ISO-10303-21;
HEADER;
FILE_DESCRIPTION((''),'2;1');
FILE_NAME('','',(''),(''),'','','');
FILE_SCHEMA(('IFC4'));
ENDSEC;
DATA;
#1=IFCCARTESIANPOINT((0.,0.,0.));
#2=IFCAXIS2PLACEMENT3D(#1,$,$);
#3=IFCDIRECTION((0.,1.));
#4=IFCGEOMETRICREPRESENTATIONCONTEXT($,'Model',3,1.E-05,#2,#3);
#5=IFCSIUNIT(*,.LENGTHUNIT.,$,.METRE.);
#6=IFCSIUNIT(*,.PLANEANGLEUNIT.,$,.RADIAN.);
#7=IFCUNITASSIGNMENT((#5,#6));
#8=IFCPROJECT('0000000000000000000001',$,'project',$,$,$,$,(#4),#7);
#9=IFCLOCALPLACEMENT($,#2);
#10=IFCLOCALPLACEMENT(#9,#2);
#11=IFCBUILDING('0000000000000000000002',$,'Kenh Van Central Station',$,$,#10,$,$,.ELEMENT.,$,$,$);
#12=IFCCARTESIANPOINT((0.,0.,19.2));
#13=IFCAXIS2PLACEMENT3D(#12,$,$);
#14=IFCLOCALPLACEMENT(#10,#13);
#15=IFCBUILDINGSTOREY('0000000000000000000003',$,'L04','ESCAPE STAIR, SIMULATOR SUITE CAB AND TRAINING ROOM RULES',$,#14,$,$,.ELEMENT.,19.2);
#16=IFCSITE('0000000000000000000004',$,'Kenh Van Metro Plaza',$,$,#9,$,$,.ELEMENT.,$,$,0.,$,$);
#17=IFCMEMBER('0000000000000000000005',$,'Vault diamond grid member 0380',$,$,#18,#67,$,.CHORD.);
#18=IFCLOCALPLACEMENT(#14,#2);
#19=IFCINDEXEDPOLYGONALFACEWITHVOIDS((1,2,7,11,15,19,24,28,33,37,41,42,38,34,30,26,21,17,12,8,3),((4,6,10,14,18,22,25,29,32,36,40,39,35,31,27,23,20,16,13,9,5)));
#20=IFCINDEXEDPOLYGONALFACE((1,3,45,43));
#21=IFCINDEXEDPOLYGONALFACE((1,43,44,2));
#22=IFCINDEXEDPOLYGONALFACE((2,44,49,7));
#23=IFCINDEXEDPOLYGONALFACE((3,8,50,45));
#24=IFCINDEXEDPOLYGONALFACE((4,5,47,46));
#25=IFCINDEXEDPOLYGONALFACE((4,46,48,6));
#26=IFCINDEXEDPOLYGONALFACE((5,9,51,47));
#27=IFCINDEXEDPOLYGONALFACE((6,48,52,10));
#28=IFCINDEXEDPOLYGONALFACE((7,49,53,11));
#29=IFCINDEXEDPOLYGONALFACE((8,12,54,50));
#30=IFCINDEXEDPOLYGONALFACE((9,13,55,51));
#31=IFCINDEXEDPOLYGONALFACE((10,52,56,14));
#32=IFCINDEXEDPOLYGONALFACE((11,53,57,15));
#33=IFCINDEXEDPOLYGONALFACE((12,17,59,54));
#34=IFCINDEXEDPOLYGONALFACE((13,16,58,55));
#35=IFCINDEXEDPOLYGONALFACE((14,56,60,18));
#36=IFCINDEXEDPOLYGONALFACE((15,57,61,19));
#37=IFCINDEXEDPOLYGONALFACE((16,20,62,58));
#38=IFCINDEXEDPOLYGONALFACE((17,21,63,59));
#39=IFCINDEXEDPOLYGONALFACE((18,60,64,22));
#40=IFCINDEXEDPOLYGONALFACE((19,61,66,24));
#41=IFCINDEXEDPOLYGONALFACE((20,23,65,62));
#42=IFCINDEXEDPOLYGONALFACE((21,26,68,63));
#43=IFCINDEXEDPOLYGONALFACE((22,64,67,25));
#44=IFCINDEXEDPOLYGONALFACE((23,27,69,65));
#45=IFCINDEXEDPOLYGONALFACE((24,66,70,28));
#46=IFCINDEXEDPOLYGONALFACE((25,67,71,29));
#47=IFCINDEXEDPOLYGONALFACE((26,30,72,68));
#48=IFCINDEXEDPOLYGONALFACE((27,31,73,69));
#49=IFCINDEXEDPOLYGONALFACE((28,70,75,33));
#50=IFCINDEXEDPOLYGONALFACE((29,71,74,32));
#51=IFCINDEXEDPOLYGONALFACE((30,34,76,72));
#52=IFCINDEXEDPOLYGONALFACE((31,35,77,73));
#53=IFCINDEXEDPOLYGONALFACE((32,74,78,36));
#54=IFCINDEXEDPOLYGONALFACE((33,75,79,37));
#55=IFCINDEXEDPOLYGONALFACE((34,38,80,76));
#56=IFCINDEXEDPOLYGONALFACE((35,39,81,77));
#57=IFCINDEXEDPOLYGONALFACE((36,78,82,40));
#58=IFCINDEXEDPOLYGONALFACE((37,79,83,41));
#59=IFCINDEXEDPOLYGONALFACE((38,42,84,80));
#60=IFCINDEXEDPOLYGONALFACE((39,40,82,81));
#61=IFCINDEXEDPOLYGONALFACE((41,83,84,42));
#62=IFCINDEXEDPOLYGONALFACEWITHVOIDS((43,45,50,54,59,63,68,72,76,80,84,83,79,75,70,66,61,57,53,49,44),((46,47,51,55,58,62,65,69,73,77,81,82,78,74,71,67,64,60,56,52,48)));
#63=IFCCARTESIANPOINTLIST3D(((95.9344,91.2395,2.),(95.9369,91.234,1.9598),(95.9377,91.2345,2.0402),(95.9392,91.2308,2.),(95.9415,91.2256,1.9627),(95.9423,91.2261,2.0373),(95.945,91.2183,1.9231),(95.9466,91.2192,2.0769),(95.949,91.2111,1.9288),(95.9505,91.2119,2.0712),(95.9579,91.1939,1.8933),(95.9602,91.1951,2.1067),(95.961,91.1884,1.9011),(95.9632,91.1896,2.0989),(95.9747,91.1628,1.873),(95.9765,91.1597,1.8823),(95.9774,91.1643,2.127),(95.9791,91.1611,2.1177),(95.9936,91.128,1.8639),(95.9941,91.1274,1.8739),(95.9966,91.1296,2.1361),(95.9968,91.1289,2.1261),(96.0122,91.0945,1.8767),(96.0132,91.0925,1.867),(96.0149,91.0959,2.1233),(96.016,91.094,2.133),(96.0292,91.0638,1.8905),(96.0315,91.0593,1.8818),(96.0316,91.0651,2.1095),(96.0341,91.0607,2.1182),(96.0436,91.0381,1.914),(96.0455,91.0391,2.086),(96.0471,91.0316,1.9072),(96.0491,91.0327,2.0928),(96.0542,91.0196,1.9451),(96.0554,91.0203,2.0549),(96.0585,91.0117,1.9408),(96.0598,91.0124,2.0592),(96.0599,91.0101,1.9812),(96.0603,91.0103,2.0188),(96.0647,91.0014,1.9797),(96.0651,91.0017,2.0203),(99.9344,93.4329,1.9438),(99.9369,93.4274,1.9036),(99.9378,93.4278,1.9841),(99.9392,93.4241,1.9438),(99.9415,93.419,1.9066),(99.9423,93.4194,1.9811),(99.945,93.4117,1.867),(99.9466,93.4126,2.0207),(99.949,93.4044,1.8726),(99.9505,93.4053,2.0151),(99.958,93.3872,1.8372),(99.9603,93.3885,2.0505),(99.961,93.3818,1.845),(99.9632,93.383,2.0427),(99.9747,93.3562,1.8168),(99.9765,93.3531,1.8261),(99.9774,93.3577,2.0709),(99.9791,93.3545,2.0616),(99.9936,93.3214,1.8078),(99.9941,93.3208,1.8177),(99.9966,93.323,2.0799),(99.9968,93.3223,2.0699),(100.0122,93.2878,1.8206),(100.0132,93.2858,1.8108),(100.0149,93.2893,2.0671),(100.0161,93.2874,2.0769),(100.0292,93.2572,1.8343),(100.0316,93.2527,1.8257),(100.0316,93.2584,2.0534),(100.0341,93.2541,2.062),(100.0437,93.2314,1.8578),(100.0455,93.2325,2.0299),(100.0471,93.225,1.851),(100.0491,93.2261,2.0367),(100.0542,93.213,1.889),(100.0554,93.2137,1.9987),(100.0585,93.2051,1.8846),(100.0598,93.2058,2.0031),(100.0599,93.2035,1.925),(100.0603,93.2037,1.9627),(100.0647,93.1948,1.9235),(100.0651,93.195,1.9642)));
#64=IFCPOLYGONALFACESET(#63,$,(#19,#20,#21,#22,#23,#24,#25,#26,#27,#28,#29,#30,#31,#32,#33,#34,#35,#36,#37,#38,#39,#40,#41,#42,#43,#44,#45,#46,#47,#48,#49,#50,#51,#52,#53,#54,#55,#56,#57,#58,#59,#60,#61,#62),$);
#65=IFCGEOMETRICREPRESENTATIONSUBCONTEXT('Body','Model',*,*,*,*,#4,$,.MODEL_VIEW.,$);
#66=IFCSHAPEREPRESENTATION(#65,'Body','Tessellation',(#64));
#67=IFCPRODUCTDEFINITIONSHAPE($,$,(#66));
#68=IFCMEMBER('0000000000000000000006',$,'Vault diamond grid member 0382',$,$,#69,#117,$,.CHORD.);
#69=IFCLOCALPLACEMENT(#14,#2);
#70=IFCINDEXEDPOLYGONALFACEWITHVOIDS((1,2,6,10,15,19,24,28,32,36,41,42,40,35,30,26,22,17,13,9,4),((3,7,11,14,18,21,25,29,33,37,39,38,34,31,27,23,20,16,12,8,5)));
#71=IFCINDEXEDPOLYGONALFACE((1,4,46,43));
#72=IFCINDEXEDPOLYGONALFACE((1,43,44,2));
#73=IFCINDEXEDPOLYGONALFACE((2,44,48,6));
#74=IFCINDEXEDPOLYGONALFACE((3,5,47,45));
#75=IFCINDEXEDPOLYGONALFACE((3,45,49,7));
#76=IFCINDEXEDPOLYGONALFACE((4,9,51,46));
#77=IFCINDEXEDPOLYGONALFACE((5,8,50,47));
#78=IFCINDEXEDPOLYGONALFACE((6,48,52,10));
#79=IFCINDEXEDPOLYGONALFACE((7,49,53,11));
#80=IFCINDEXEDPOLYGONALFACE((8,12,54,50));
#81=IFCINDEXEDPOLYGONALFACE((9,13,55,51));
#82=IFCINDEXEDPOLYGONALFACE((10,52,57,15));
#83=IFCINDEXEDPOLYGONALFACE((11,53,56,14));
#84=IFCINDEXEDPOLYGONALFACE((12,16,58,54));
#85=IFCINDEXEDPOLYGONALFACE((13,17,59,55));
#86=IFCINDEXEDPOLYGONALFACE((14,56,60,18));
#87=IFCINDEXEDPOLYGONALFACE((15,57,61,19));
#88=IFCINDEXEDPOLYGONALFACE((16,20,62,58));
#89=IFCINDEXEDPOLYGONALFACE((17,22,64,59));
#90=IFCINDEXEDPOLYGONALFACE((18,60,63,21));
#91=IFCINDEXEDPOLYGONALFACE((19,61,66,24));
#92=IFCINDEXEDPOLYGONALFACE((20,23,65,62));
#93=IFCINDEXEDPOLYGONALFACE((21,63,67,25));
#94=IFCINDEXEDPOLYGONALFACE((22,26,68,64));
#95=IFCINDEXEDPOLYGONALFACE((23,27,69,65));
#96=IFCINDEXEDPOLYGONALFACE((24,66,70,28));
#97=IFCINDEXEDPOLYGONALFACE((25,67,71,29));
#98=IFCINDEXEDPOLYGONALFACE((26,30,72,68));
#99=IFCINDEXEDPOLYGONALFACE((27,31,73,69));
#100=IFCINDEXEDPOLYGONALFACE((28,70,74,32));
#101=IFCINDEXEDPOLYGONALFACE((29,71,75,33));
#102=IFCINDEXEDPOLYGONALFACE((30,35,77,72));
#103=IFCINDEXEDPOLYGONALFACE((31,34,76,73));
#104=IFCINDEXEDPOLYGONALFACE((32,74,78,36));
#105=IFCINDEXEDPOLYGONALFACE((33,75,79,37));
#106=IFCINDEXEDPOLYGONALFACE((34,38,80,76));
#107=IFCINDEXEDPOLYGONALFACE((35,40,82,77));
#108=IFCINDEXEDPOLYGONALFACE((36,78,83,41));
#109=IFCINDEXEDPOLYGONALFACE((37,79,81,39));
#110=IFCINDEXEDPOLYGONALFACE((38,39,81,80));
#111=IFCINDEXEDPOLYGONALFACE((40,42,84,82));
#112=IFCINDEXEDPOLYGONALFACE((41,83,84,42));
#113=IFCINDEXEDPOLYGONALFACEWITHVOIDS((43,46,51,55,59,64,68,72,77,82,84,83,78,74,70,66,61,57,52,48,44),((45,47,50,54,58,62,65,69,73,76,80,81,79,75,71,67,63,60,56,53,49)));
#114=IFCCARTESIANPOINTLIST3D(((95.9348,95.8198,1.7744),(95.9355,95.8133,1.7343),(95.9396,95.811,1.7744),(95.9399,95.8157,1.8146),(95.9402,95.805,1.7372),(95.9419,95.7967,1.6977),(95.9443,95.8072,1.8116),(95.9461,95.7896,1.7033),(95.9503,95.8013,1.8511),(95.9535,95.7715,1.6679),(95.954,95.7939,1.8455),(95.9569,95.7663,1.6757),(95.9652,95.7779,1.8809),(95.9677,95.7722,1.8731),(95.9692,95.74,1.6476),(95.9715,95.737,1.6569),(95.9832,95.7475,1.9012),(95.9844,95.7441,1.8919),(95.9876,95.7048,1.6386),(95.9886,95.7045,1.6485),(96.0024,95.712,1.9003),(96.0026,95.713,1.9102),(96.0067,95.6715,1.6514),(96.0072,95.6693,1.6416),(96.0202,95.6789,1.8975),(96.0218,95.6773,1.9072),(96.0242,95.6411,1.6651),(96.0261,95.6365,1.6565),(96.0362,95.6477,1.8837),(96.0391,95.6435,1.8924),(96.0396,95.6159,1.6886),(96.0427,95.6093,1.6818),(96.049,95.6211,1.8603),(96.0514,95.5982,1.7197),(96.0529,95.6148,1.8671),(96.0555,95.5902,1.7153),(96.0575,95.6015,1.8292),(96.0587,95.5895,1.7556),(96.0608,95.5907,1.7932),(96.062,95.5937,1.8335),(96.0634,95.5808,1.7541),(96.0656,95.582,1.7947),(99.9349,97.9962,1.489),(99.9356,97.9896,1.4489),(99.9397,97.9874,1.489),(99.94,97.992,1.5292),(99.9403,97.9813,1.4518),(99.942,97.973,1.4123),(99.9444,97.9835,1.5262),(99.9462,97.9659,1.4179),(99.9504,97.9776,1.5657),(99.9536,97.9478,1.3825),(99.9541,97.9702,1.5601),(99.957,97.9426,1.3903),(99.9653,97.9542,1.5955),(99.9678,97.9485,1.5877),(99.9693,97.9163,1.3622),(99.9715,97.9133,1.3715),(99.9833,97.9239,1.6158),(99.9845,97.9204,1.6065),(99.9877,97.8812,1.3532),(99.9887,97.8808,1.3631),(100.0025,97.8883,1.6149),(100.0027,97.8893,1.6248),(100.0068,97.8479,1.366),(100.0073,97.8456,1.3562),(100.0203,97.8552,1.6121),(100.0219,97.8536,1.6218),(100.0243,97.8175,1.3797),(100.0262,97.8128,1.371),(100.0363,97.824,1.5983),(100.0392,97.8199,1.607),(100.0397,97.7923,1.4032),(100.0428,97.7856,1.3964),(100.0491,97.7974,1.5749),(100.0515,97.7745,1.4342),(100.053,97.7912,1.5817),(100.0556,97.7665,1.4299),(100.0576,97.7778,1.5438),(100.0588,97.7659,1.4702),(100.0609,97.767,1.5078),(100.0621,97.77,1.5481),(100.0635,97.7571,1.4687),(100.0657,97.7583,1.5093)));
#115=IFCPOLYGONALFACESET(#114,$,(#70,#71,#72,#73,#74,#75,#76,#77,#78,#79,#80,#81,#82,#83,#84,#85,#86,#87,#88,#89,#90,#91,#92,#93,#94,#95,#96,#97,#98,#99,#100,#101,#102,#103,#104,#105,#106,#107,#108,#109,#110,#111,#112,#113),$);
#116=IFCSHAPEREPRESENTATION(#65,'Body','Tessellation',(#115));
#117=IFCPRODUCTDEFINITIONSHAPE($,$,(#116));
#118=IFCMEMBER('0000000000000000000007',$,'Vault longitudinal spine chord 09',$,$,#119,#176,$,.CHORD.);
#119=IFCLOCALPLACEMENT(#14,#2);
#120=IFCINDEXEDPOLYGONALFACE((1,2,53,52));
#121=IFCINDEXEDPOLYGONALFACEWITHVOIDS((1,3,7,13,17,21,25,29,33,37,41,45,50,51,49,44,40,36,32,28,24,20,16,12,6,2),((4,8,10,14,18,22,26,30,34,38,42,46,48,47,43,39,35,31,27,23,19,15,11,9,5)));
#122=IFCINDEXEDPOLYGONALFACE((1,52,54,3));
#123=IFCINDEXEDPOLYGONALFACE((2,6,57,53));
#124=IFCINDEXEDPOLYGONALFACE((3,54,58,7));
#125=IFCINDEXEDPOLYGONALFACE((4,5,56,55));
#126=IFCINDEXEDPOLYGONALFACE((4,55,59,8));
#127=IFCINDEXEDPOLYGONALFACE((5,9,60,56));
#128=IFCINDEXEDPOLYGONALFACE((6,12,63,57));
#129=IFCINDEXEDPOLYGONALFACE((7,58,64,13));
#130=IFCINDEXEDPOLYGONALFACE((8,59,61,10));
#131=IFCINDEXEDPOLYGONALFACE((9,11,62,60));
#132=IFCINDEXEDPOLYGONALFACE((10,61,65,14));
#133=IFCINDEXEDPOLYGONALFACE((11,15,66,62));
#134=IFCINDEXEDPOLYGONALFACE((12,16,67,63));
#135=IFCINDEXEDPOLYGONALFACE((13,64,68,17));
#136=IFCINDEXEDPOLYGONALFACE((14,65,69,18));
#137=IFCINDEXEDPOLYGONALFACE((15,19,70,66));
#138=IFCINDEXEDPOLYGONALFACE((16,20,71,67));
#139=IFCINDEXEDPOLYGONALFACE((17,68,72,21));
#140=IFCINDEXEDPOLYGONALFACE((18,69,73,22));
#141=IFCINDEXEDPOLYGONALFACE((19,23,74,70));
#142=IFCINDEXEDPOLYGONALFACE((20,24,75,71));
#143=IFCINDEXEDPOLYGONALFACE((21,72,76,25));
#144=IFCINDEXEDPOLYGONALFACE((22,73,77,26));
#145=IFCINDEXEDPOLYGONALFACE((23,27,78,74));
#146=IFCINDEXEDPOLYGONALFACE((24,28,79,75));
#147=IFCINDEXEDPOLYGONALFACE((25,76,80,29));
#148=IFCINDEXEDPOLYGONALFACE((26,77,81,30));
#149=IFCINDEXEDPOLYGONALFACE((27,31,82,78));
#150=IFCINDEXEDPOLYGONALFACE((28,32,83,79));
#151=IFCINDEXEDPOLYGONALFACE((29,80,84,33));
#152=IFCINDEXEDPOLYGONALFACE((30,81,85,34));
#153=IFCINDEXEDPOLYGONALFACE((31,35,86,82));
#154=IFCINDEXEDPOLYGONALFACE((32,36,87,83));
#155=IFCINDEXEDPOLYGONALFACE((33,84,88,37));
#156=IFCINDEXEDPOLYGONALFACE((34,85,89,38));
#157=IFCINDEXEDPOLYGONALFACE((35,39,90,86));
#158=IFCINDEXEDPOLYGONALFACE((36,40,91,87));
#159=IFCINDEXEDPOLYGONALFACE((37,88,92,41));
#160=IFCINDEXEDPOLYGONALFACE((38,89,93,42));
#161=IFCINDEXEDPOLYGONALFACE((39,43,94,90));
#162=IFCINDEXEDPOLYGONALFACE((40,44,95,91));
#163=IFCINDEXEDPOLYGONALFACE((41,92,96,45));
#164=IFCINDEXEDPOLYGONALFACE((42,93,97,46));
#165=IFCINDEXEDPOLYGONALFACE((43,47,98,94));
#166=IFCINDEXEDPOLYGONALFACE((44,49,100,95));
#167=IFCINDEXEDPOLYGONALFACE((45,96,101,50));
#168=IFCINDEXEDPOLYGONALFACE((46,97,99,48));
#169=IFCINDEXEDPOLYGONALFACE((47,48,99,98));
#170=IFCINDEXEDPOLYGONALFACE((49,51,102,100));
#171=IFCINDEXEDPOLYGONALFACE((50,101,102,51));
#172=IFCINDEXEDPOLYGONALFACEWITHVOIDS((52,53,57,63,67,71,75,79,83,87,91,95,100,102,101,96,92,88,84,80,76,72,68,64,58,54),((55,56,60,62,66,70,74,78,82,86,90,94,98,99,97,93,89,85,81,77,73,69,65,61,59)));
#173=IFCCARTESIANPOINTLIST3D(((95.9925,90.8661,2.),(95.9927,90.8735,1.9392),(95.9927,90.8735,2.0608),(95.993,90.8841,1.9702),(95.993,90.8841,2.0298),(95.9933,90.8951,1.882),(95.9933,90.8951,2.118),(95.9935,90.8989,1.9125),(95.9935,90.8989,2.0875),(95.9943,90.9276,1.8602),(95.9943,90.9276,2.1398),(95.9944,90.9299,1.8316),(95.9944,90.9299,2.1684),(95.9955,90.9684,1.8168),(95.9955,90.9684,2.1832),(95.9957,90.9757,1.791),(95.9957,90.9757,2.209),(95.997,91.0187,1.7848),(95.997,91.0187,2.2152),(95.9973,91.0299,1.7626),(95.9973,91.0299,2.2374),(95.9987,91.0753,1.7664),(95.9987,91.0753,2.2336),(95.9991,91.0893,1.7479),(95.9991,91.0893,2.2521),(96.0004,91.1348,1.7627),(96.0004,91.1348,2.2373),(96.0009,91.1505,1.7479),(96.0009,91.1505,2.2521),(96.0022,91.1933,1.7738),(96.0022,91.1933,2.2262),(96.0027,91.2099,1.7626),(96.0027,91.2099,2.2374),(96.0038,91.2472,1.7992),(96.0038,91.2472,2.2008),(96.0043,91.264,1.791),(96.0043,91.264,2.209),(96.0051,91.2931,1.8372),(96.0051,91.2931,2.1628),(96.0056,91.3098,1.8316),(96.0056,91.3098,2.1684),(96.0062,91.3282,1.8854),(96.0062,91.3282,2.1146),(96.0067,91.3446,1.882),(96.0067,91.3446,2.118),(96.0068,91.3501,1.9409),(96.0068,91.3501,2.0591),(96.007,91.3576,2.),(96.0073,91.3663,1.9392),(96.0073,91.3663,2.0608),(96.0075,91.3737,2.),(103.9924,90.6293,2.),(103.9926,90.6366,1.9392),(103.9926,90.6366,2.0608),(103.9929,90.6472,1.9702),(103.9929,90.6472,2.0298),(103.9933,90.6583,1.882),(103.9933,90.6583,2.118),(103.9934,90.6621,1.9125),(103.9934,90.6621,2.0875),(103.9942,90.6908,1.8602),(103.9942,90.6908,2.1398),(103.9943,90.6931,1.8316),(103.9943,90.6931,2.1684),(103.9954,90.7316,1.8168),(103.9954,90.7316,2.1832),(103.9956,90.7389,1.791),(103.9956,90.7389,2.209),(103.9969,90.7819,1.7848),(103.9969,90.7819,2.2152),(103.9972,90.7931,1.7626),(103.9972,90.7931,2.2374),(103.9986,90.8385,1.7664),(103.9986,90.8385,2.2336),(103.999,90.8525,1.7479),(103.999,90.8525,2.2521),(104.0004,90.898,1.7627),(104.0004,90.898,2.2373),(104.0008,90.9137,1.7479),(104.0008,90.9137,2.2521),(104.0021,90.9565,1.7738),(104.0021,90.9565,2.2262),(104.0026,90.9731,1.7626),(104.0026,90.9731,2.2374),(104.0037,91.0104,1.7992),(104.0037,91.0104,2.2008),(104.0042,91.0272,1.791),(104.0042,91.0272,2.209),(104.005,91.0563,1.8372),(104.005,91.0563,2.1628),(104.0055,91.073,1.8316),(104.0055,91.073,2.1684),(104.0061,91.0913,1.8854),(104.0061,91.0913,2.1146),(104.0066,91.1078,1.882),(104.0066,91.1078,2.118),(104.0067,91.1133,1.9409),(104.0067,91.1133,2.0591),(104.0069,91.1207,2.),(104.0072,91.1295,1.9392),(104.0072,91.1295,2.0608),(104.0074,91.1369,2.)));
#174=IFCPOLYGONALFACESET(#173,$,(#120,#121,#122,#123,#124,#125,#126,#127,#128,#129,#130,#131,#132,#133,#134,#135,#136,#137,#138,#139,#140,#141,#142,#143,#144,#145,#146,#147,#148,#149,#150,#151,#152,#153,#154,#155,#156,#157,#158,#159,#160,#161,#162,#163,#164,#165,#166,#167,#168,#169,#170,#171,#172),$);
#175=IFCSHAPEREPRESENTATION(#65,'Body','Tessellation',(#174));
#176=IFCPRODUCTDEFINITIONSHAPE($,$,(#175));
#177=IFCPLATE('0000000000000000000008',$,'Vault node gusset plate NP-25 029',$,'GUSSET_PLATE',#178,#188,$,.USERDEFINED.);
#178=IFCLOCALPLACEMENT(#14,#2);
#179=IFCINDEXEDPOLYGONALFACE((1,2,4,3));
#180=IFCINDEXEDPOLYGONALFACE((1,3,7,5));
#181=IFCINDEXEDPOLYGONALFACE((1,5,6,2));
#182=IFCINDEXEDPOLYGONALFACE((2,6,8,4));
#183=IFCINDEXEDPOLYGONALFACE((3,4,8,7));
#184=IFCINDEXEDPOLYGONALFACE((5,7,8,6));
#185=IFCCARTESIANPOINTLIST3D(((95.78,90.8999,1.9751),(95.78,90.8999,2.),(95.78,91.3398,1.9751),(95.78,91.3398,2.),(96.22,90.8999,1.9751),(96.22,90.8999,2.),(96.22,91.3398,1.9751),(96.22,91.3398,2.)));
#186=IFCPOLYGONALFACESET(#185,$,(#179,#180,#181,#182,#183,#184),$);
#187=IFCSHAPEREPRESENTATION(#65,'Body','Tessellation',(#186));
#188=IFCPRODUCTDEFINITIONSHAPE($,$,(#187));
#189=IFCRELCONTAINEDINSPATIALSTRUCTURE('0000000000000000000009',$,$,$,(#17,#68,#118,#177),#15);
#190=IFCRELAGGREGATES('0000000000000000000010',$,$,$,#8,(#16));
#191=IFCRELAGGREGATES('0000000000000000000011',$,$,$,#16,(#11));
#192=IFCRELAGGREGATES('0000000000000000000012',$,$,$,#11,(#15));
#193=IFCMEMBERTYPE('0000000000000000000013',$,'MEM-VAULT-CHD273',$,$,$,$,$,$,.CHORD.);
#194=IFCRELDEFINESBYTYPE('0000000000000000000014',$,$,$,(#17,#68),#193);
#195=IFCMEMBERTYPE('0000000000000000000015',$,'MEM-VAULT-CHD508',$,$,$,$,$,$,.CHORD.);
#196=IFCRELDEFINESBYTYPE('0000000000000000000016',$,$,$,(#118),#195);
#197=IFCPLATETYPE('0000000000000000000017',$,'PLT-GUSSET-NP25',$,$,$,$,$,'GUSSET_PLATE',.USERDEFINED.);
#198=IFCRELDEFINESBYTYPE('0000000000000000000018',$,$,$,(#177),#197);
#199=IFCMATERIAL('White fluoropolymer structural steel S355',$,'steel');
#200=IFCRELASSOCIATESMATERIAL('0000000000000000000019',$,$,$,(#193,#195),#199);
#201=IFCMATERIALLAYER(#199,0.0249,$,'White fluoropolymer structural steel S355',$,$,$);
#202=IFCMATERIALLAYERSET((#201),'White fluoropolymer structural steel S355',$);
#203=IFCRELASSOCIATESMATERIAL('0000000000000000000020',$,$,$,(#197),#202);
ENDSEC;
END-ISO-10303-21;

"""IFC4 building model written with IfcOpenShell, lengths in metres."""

from ifc_helpers import new_model, si_unit, direction, frame, origin, origin_2d, place, context, subcontext, project, spatial, polyline, hollow_circle, outline, extrude, material, layer, layer_set, material_profile, profile_set, type_object, element, save


model = new_model("IFC4")

# Units and contexts
model_context = context("Model", 3, precision=1e-05, world=origin(), true_north=direction((0.0, 1.0)))
body_context = subcontext(model_context, "Body", "Model", "MODEL_VIEW")
ifc_project = project(units=[si_unit("LENGTHUNIT", "METRE"), si_unit("PLANEANGLEUNIT", "RADIAN")], contexts=[model_context])

# Site, building, storey
site_placement = place(None, origin())
site = spatial("IfcSite", under=ifc_project, at=site_placement, Name="Kenh Van Metro Plaza", CompositionType="ELEMENT", RefElevation=0.0)
building_placement = place(site_placement, origin())
building = spatial("IfcBuilding", under=site, at=building_placement, Name="Kenh Van Central Station", CompositionType="ELEMENT")
storey_placement = place(building_placement, frame((0.0, 0.0, 19.2)))
storey = spatial("IfcBuildingStorey", under=building, at=storey_placement, Name="L04", Description="ESCAPE STAIR, SIMULATOR SUITE CAB AND TRAINING ROOM RULES", CompositionType="ELEMENT", Elevation=19.2)

# Shared definitions
ifc_material_1 = material(Name="White fluoropolymer structural steel S355", Category="steel")

# Members
ifc_material_profile_1 = material_profile(ifc_material_1, hollow_circle(Radius=0.1365, WallThickness=0.01, at=origin_2d()), Name="CHS 273x10")
ifc_profile_set_1 = profile_set([ifc_material_profile_1], Name="White fluoropolymer structural steel S355")
member_type_1 = type_object("IfcMemberType", Name="MEM-VAULT-CHD273", PredefinedType="CHORD", material=ifc_profile_set_1)
member_1_placement = place(storey_placement, frame((96.0, 91.1199, 2.0), z_axis=(0.876763, 0.480764, -0.012308), x_axis=(-0.480801, 0.87683, 0.0)))
element("IfcMember", 1, at=member_1_placement, inside=storey, type_object=member_type_1, Name="Vault diamond grid member 0380", PredefinedType="CHORD", context=body_context, shape_type="SweptSolid", body=[
    extrude(hollow_circle(Radius=0.1365, WallThickness=0.01, at=origin_2d()), origin(), (0.0, 0.0, 1.0), 4.5623),
])
member_2_placement = place(storey_placement, frame((96.0, 95.7, 1.7744), z_axis=(0.876687, 0.476977, -0.062552), x_axis=(-0.477913, 0.878407, 0.0)))
element("IfcMember", 2, at=member_2_placement, inside=storey, type_object=member_type_1, Name="Vault diamond grid member 0382", PredefinedType="CHORD", context=body_context, shape_type="SweptSolid", body=[
    extrude(hollow_circle(Radius=0.1365, WallThickness=0.01, at=origin_2d()), origin(), (0.0, 0.0, 1.0), 4.5627),
])
ifc_material_profile_2 = material_profile(ifc_material_1, hollow_circle(Radius=0.2539, WallThickness=0.0161, at=origin_2d()), Name="CHS 508x16")
ifc_profile_set_2 = profile_set([ifc_material_profile_2], Name="White fluoropolymer structural steel S355")
member_type_2 = type_object("IfcMemberType", Name="MEM-VAULT-CHD508", PredefinedType="CHORD", material=ifc_profile_set_2)
member_3_placement = place(storey_placement, frame((96.0, 91.1199, 2.0), z_axis=(0.999562, -0.029589, 0.0), x_axis=(0.029589, 0.999562, 0.0)))
element("IfcMember", 3, at=member_3_placement, inside=storey, type_object=member_type_2, Name="Vault longitudinal spine chord 09", PredefinedType="CHORD", context=body_context, shape_type="SweptSolid", body=[
    extrude(hollow_circle(Radius=0.2539, WallThickness=0.0161, at=origin_2d()), origin(), (0.0, 0.0, 1.0), 8.0034),
])

# Plate
ifc_layer_1 = layer(ifc_material_1, 0.0249, Name="White fluoropolymer structural steel S355")
ifc_layer_set_1 = layer_set([ifc_layer_1], Name="White fluoropolymer structural steel S355")
plate_type_1 = type_object("IfcPlateType", Name="PLT-GUSSET-NP25", ElementType="GUSSET_PLATE", PredefinedType="USERDEFINED", material=ifc_layer_set_1)
plate_1_placement = place(storey_placement, frame((95.78, 90.8999, 2.0), z_axis=(0.0, 0.0, 1.0), x_axis=(1.0, 0.0, 0.0)))
element("IfcPlate", 4, at=plate_1_placement, inside=storey, type_object=plate_type_1, Name="Vault node gusset plate NP-25 029", ObjectType="GUSSET_PLATE", PredefinedType="USERDEFINED", context=body_context, shape_type="SweptSolid", body=[
    extrude(outline(polyline([(0.0, 0.0), (0.4399, 0.0), (0.4399, 0.4399), (0.0, 0.4399), (0.0, 0.0)])), origin(), (0.0, 0.0, -1.0), 0.0249),
])

save(model, "model.ifc")
